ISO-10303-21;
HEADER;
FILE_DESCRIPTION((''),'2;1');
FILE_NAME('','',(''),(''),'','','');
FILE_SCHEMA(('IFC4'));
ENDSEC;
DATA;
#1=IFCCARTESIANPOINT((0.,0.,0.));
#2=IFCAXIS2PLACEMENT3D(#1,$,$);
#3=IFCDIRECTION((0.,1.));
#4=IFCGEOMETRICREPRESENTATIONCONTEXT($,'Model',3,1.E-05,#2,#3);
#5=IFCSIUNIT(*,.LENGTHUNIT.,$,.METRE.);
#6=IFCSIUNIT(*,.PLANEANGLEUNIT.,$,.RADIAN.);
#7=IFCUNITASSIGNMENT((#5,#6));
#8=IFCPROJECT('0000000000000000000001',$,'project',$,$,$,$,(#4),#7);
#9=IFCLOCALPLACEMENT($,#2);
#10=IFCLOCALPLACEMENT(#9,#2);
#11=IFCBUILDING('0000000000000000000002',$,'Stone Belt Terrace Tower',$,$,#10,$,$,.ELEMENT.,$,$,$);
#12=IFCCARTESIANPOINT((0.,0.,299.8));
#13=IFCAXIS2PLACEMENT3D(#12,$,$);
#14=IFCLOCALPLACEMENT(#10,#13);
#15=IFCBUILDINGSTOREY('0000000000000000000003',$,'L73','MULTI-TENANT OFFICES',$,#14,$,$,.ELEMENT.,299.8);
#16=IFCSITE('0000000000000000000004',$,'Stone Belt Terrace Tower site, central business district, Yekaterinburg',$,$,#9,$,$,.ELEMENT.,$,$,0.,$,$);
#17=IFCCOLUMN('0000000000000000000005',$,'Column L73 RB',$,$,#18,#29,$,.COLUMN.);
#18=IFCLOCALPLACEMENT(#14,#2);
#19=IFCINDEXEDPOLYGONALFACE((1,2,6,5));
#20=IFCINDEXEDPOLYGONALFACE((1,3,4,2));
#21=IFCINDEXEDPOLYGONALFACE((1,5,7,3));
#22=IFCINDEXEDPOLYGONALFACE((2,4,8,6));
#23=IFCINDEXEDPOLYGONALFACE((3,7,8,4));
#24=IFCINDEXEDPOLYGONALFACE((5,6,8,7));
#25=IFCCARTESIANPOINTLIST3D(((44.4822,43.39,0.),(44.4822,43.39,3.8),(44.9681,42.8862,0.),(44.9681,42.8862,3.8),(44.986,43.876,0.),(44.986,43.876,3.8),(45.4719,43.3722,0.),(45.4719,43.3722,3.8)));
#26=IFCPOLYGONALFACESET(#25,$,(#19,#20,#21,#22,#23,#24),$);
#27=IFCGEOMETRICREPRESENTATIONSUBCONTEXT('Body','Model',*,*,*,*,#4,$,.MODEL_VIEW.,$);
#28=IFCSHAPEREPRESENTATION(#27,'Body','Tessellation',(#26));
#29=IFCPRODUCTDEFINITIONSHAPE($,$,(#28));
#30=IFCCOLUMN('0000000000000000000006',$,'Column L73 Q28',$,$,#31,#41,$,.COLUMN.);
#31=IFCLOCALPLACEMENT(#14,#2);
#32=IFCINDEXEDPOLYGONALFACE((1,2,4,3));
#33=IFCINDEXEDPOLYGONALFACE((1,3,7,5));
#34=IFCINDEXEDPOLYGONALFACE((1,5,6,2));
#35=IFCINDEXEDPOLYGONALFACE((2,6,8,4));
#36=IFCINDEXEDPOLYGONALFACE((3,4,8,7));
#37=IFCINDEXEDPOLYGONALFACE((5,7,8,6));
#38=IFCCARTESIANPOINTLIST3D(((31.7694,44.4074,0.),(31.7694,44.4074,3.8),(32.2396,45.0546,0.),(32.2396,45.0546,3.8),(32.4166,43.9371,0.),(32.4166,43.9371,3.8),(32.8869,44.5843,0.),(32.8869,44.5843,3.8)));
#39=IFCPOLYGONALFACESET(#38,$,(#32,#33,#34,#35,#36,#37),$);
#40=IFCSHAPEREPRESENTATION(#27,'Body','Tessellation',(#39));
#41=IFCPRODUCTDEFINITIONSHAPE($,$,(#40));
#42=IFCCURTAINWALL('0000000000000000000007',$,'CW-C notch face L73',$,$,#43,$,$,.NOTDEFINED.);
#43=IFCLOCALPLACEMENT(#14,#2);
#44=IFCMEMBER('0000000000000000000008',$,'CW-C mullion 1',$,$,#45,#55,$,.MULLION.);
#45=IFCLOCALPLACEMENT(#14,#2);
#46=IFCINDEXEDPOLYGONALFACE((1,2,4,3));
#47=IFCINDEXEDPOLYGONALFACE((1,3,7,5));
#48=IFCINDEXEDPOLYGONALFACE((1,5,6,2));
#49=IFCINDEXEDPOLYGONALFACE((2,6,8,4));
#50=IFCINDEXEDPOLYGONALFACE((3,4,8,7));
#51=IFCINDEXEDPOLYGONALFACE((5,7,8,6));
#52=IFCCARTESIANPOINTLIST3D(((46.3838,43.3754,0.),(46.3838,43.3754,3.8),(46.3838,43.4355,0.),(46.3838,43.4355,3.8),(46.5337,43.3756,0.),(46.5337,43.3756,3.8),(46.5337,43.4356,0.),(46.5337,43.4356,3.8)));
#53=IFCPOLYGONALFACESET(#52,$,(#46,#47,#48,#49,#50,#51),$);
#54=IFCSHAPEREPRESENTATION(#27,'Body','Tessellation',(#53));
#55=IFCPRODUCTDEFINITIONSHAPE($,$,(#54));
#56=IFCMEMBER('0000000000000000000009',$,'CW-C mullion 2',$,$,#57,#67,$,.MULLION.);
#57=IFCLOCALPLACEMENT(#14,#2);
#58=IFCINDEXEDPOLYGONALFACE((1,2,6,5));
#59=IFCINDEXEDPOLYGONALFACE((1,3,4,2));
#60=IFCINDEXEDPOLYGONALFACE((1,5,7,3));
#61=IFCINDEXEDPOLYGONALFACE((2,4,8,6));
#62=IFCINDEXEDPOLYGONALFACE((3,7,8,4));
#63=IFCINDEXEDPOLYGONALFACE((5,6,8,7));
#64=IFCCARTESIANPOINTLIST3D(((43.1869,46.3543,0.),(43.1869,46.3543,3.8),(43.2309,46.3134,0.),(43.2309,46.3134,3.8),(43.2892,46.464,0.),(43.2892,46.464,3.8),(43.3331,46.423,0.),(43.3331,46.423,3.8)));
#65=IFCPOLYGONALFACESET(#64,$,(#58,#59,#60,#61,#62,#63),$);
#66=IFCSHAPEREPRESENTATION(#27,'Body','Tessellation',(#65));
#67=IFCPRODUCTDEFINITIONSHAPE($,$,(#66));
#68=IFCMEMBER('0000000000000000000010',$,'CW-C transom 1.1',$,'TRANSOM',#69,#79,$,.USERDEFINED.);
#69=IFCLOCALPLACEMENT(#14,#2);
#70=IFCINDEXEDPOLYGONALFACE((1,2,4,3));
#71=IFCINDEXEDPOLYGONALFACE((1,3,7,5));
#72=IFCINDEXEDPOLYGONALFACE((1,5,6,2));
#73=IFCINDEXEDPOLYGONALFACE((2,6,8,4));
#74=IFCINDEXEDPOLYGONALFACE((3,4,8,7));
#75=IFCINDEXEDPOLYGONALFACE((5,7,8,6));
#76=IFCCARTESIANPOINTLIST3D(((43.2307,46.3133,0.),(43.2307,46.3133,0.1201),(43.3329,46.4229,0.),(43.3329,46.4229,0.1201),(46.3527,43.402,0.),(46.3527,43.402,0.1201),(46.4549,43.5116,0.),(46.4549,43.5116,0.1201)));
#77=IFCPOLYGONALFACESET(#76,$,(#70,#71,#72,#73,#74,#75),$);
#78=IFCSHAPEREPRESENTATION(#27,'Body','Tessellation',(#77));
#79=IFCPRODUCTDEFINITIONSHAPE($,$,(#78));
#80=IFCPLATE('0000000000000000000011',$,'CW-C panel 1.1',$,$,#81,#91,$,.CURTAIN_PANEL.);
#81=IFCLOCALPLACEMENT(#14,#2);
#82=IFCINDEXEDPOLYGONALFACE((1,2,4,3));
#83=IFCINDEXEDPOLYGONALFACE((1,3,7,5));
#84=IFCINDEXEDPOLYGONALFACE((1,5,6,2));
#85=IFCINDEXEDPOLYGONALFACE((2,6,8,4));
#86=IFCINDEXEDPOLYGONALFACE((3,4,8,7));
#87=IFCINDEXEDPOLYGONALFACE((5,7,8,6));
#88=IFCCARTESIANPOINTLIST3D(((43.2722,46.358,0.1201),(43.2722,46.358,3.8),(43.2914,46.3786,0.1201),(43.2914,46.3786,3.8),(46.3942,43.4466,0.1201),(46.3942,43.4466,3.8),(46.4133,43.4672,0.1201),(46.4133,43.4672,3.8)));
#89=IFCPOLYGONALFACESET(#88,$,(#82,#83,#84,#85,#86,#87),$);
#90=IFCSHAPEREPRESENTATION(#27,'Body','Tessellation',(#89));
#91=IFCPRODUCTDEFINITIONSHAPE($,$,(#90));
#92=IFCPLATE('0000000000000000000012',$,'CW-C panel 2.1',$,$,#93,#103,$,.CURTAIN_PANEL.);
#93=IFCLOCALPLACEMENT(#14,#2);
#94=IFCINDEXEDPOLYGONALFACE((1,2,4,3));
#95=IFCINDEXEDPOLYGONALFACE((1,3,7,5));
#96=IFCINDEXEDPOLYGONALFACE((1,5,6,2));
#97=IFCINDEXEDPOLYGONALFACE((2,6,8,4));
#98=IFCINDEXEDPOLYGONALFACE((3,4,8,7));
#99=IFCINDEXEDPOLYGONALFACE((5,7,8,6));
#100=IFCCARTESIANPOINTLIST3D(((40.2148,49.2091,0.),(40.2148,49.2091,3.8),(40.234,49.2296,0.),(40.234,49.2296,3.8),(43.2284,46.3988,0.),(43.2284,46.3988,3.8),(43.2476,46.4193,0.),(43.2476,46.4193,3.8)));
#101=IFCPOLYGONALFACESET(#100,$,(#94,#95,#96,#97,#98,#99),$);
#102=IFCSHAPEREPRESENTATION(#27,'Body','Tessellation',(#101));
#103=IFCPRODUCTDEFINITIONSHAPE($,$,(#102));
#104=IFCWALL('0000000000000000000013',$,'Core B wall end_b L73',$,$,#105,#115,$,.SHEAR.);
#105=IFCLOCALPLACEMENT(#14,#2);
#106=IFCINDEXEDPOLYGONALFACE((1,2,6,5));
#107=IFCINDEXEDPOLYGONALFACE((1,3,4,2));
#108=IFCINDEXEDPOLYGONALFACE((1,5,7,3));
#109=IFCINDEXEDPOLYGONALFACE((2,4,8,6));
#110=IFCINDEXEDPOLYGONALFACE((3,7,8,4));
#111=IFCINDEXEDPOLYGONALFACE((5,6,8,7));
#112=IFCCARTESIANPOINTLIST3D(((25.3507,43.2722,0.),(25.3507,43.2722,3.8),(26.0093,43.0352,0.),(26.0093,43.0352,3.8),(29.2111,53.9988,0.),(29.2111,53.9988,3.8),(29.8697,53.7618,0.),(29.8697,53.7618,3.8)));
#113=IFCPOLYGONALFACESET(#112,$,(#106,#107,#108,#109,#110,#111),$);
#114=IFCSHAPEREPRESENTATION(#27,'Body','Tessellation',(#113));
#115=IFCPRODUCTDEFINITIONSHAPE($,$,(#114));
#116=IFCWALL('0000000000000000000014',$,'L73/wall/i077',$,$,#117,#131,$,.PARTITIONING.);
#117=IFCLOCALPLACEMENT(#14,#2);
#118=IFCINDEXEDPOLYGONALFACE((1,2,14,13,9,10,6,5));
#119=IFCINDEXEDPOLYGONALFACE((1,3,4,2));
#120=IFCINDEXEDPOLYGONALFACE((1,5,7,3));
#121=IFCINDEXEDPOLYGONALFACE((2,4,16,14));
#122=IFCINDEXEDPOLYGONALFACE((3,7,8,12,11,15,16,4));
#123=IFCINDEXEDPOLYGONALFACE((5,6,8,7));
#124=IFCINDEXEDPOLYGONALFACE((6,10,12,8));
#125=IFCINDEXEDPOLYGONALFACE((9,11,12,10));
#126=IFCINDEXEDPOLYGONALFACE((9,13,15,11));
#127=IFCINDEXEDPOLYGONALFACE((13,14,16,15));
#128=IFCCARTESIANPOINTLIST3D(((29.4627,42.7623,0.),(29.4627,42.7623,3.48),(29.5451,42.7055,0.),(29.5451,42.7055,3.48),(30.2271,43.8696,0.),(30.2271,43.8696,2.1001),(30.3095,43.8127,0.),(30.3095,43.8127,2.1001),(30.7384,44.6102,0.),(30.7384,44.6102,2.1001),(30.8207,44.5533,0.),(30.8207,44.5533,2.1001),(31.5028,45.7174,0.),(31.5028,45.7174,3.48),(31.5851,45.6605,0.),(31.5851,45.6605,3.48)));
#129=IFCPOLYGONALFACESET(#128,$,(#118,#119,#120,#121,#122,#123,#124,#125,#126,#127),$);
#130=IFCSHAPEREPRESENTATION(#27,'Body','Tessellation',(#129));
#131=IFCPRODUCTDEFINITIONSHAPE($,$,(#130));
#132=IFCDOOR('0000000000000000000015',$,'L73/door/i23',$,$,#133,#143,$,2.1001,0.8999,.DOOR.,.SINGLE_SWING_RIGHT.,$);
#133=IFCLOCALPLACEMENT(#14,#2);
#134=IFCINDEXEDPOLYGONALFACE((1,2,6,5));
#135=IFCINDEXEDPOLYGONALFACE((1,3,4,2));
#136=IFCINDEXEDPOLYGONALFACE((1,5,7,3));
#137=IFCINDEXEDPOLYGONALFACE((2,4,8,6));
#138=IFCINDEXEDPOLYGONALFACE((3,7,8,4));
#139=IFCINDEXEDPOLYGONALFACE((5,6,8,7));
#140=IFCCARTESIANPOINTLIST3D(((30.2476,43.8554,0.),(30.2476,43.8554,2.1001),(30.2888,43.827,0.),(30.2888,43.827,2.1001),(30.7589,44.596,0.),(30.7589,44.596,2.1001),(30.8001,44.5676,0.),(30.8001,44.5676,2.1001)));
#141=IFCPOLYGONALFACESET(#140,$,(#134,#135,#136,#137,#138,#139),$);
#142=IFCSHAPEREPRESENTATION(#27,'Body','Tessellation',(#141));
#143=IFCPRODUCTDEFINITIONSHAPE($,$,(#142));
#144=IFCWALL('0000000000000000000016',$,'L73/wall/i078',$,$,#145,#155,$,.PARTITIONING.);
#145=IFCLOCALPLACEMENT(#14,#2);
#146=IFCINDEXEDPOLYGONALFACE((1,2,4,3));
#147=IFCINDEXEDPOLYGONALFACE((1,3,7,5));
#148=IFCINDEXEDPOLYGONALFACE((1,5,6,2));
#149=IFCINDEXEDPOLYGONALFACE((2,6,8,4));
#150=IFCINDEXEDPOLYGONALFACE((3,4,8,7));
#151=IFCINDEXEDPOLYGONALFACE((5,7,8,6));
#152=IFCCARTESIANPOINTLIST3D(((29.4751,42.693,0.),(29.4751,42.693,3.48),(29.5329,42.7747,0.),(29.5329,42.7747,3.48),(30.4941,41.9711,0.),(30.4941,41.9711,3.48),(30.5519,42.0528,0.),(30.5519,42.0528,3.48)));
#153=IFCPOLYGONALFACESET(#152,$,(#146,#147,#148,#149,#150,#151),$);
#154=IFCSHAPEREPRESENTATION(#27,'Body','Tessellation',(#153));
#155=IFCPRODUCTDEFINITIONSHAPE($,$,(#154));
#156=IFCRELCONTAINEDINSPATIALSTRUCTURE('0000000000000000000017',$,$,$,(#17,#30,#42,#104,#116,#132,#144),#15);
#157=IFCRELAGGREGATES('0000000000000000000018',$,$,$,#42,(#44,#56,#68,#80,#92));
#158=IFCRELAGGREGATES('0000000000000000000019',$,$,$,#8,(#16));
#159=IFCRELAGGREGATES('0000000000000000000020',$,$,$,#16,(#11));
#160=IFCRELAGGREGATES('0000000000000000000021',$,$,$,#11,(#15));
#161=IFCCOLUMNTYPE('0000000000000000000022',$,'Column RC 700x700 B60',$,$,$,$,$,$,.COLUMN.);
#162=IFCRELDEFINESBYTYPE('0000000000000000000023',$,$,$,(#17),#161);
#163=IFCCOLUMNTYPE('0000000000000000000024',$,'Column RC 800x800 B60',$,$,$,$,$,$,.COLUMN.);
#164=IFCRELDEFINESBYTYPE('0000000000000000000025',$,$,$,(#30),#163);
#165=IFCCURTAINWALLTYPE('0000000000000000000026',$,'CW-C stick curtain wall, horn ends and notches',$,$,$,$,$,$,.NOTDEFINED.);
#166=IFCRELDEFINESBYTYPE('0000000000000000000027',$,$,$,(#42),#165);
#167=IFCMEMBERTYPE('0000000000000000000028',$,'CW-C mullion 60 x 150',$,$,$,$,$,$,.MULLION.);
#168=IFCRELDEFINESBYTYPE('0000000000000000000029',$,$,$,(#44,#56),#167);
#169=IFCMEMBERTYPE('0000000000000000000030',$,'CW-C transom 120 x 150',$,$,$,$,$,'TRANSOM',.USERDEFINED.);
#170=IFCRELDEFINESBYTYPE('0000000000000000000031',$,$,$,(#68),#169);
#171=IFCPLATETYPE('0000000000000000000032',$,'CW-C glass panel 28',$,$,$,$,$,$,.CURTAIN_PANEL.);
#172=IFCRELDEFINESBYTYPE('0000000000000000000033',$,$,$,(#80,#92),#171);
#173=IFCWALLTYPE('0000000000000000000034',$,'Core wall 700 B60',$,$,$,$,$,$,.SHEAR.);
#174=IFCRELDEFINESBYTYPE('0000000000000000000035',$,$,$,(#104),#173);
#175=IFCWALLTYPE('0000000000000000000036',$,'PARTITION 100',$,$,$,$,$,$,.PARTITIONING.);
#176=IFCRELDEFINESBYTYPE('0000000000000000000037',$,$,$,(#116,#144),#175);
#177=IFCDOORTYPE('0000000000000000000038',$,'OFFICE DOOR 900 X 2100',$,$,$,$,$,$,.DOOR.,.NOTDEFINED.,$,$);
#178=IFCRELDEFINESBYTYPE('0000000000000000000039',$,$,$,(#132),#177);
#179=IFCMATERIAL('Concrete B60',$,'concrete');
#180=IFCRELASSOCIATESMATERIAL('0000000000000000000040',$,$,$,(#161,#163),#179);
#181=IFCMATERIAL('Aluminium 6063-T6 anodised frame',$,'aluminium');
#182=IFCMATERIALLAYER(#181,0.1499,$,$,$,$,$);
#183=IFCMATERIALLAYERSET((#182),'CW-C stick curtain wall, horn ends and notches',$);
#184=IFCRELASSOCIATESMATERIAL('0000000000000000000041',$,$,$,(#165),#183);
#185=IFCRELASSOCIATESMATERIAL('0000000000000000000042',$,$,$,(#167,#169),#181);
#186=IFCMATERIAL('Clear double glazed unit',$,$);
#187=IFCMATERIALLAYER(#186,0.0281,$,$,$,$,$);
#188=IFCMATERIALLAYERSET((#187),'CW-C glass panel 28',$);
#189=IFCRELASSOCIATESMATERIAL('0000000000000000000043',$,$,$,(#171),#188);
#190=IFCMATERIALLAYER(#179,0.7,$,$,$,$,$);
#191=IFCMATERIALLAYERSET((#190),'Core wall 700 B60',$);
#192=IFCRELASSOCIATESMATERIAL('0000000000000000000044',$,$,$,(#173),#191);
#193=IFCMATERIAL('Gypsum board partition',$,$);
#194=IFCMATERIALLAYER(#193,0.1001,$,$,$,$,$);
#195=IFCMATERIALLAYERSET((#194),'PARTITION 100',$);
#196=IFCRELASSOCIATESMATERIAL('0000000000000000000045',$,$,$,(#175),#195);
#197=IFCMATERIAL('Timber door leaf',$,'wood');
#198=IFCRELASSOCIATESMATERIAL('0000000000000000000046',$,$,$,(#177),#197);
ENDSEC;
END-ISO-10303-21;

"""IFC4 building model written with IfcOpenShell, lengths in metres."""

from ifc_helpers import new_model, si_unit, direction, frame, frame_2d, origin, origin_2d, place, context, subcontext, project, spatial, rectangle, extrude, material, layer, layer_set, material_profile, profile_set, type_object, element, fill, aggregate, save


model = new_model("IFC4")

# Units and contexts
model_context = context("Model", 3, precision=1e-05, world=origin(), true_north=direction((0.0, 1.0)))
body_context = subcontext(model_context, "Body", "Model", "MODEL_VIEW")
ifc_project = project(units=[si_unit("LENGTHUNIT", "METRE"), si_unit("PLANEANGLEUNIT", "RADIAN")], contexts=[model_context])

# Site, building, storey
site_placement = place(None, origin())
site = spatial("IfcSite", under=ifc_project, at=site_placement, Name="Stone Belt Terrace Tower site, central business district, Yekaterinburg", CompositionType="ELEMENT", RefElevation=0.0)
building_placement = place(site_placement, origin())
building = spatial("IfcBuilding", under=site, at=building_placement, Name="Stone Belt Terrace Tower", CompositionType="ELEMENT")
storey_placement = place(building_placement, frame((0.0, 0.0, 299.8)))
storey = spatial("IfcBuildingStorey", under=building, at=storey_placement, Name="L73", Description="MULTI-TENANT OFFICES", CompositionType="ELEMENT", Elevation=299.8)

# Columns
ifc_material_1 = material(Name="Concrete B60", Category="concrete")
ifc_material_profile_1 = material_profile(ifc_material_1, rectangle(XDim=0.7, YDim=0.7, at=origin_2d()), Name="RC 700x700")
ifc_profile_set_1 = profile_set([ifc_material_profile_1], Name="Concrete B60")
column_type_1 = type_object("IfcColumnType", Name="Column RC 700x700 B60", PredefinedType="COLUMN", material=ifc_profile_set_1)
column_1_placement = place(storey_placement, frame((44.9771, 43.3811, 0.0), z_axis=(0.0, 0.0, 1.0), x_axis=(0.694221, -0.719762, 0.0)))
element("IfcColumn", 1, at=column_1_placement, inside=storey, type_object=column_type_1, Name="Column L73 RB", PredefinedType="COLUMN", context=body_context, shape_type="SweptSolid", body=[
    extrude(rectangle(XDim=0.7, YDim=0.7, at=origin_2d()), origin(), (0.0, 0.0, 1.0), 3.8),
])
ifc_material_profile_2 = material_profile(ifc_material_1, rectangle(XDim=0.8, YDim=0.8, at=origin_2d()), Name="RC 800x800")
ifc_profile_set_2 = profile_set([ifc_material_profile_2], Name="Concrete B60")
column_type_2 = type_object("IfcColumnType", Name="Column RC 800x800 B60", PredefinedType="COLUMN", material=ifc_profile_set_2)
column_2_placement = place(storey_placement, frame((32.3281, 44.4958, 0.0), z_axis=(0.0, 0.0, 1.0), x_axis=(0.809017, -0.587785, 0.0)))
element("IfcColumn", 2, at=column_2_placement, inside=storey, type_object=column_type_2, Name="Column L73 Q28", PredefinedType="COLUMN", context=body_context, shape_type="SweptSolid", body=[
    extrude(rectangle(XDim=0.8, YDim=0.8, at=origin_2d()), origin(), (0.0, 0.0, 1.0), 3.8),
])

# Curtain wall, members, plates
ifc_material_2 = material(Name="Aluminium 6063-T6 anodised frame", Category="aluminium")
ifc_layer_1 = layer(ifc_material_2, 0.1499)
ifc_layer_set_1 = layer_set([ifc_layer_1], Name="CW-C stick curtain wall, horn ends and notches")
curtain_wall_type = type_object("IfcCurtainWallType", Name="CW-C stick curtain wall, horn ends and notches", PredefinedType="NOTDEFINED", material=ifc_layer_set_1)
curtain_wall_placement = place(storey_placement, origin())
curtain_wall = element("IfcCurtainWall", 3, at=curtain_wall_placement, inside=storey, type_object=curtain_wall_type, Name="CW-C notch face L73", PredefinedType="NOTDEFINED")
ifc_material_profile_3 = material_profile(ifc_material_2, rectangle(XDim=0.1499, YDim=0.0601, at=origin_2d()), Name="Aluminium 6063-T6 60x150")
ifc_profile_set_3 = profile_set([ifc_material_profile_3], Name="Aluminium 6063-T6 anodised frame")
member_type_1 = type_object("IfcMemberType", Name="CW-C mullion 60 x 150", PredefinedType="MULLION", material=ifc_profile_set_3)
member_1_placement = place(storey_placement, frame((46.4587, 43.4055, 0.0), z_axis=(0.0, 0.0, 1.0), x_axis=(-0.999999, -0.001051, 0.0)))
member_1 = element("IfcMember", 4, at=member_1_placement, type_object=member_type_1, Name="CW-C mullion 1", PredefinedType="MULLION", context=body_context, shape_type="SweptSolid", body=[
    extrude(rectangle(XDim=0.1499, YDim=0.0601, at=origin_2d()), origin(), (0.0, 0.0, 1.0), 3.8),
])
member_2_placement = place(storey_placement, frame((43.26, 46.3887, 0.0), z_axis=(0.0, 0.0, 1.0), x_axis=(-0.682014, -0.731339, 0.0)))
member_2 = element("IfcMember", 5, at=member_2_placement, type_object=member_type_1, Name="CW-C mullion 2", PredefinedType="MULLION", context=body_context, shape_type="SweptSolid", body=[
    extrude(rectangle(XDim=0.1499, YDim=0.0601, at=origin_2d()), origin(), (0.0, 0.0, 1.0), 3.8),
])
ifc_material_profile_4 = material_profile(ifc_material_2, rectangle(XDim=0.1499, YDim=0.1201, at=origin_2d()), Name="Aluminium 6063-T6 150x120")
ifc_profile_set_4 = profile_set([ifc_material_profile_4], Name="Aluminium 6063-T6 anodised frame")
member_type_2 = type_object("IfcMemberType", Name="CW-C transom 120 x 150", ElementType="TRANSOM", PredefinedType="USERDEFINED", material=ifc_profile_set_4)
member_3_placement = place(storey_placement, frame((46.4038, 43.4568, 0.0601), z_axis=(-0.731354, 0.681998, 0.0), x_axis=(-0.681998, -0.731354, 0.0)))
member_3 = element("IfcMember", 6, at=member_3_placement, type_object=member_type_2, Name="CW-C transom 1.1", ObjectType="TRANSOM", PredefinedType="USERDEFINED", context=body_context, shape_type="SweptSolid", body=[
    extrude(rectangle(XDim=0.1499, YDim=0.1201, at=origin_2d()), origin(), (0.0, 0.0, 1.0), 4.2688),
])
ifc_material_3 = material(Name="Clear double glazed unit")
ifc_layer_2 = layer(ifc_material_3, 0.0281)
ifc_layer_set_2 = layer_set([ifc_layer_2], Name="CW-C glass panel 28")
plate_type = type_object("IfcPlateType", Name="CW-C glass panel 28", PredefinedType="CURTAIN_PANEL", material=ifc_layer_set_2)
plate_1_placement = place(storey_placement, frame((44.8428, 44.9126, 0.1201), z_axis=(0.0, 0.0, 1.0), x_axis=(-0.731339, 0.682014, 0.0)))
plate_1 = element("IfcPlate", 7, at=plate_1_placement, type_object=plate_type, Name="CW-C panel 1.1", PredefinedType="CURTAIN_PANEL", context=body_context, shape_type="SweptSolid", body=[
    extrude(rectangle(XDim=4.2688, YDim=0.0281, at=origin_2d()), origin(), (0.0, 0.0, 1.0), 3.6799),
])
plate_2_placement = place(storey_placement, frame((41.7312, 47.8142, 0.0), z_axis=(0.0, 0.0, 1.0), x_axis=(-0.731339, 0.682014, 0.0)))
plate_2 = element("IfcPlate", 8, at=plate_2_placement, type_object=plate_type, Name="CW-C panel 2.1", PredefinedType="CURTAIN_PANEL", context=body_context, shape_type="SweptSolid", body=[
    extrude(rectangle(XDim=4.1206, YDim=0.0281, at=origin_2d()), origin(), (0.0, 0.0, 1.0), 3.8),
])
aggregate(curtain_wall, [member_1, member_2, member_3, plate_1, plate_2])

# Wall
ifc_layer_3 = layer(ifc_material_1, 0.7)
ifc_layer_set_3 = layer_set([ifc_layer_3], Name="Core wall 700 B60")
wall_type_1 = type_object("IfcWallType", Name="Core wall 700 B60", PredefinedType="SHEAR", material=ifc_layer_set_3)
wall_1_placement = place(storey_placement, frame((25.6799, 43.1536, 0.0), z_axis=(0.0, 0.0, 1.0), x_axis=(0.338625, 0.940921, 0.0)))
element("IfcWall", 9, at=wall_1_placement, inside=storey, type_object=wall_type_1, Name="Core B wall end_b L73", PredefinedType="SHEAR", context=body_context, shape_type="SweptSolid", body=[
    extrude(rectangle(XDim=11.4001, YDim=0.7, at=frame_2d((5.7002, 0.0))), origin(), (0.0, 0.0, 1.0), 3.8),
])

# Wall, opening, door
ifc_material_4 = material(Name="Gypsum board partition")
ifc_layer_4 = layer(ifc_material_4, 0.1001)
ifc_layer_set_4 = layer_set([ifc_layer_4], Name="PARTITION 100")
wall_type_2 = type_object("IfcWallType", Name="PARTITION 100", PredefinedType="PARTITIONING", material=ifc_layer_set_4)
wall_2_placement = place(storey_placement, frame((31.5439, 45.689, 0.0), z_axis=(0.0, 0.0, 1.0), x_axis=(-0.568121, -0.822945, 0.0)))
wall_2 = element("IfcWall", 10, at=wall_2_placement, inside=storey, type_object=wall_type_2, Name="L73/wall/i077", PredefinedType="PARTITIONING", context=body_context, shape_type="SweptSolid", body=[
    extrude(rectangle(XDim=3.5908, YDim=0.1001, at=frame_2d((1.7954, 0.0))), origin(), (0.0, 0.0, 1.0), 3.48),
])
opening_1_placement = place(wall_2_placement, frame((1.3455, 0.0, 0.0)))
opening_1 = element("IfcOpeningElement", 11, at=opening_1_placement, cuts=wall_2, PredefinedType="OPENING", context=body_context, shape_type="SweptSolid", body=[
    extrude(rectangle(XDim=0.8999, YDim=2.1001, at=frame_2d((0.45, 1.05))), frame((0.0, 0.0601, 0.0), z_axis=(0.0, -1.0, 0.0), x_axis=(1.0, 0.0, 0.0)), (0.0, 0.0, 1.0), 0.1201),
])
ifc_material_5 = material(Name="Timber door leaf", Category="wood")
door_type_1 = type_object("IfcDoorType", Name="OFFICE DOOR 900 X 2100", OperationType="NOTDEFINED", PredefinedType="DOOR", material=ifc_material_5)
door_1_placement = place(opening_1_placement, origin())
door_1 = element("IfcDoor", 12, at=door_1_placement, inside=storey, type_object=door_type_1, Name="L73/door/i23", OperationType="SINGLE_SWING_RIGHT", OverallHeight=2.1001, OverallWidth=0.8999, PredefinedType="DOOR", context=body_context, shape_type="SweptSolid", body=[
    extrude(rectangle(XDim=0.8999, YDim=2.1001, at=frame_2d((0.45, 1.05))), frame((0.0, 0.0249, 0.0), z_axis=(0.0, -1.0, 0.0), x_axis=(1.0, 0.0, 0.0)), (0.0, 0.0, 1.0), 0.05),
])
fill(opening_1, door_1)

# Wall
wall_3_placement = place(storey_placement, frame((29.5039, 42.7339, 0.0), z_axis=(0.0, 0.0, 1.0), x_axis=(0.815986, -0.578072, 0.0)))
element("IfcWall", 13, at=wall_3_placement, inside=storey, type_object=wall_type_2, Name="L73/wall/i078", PredefinedType="PARTITIONING", context=body_context, shape_type="SweptSolid", body=[
    extrude(rectangle(XDim=1.2488, YDim=0.1001, at=frame_2d((0.6245, 0.0))), origin(), (0.0, 0.0, 1.0), 3.48),
])

save(model, "model.ifc")
